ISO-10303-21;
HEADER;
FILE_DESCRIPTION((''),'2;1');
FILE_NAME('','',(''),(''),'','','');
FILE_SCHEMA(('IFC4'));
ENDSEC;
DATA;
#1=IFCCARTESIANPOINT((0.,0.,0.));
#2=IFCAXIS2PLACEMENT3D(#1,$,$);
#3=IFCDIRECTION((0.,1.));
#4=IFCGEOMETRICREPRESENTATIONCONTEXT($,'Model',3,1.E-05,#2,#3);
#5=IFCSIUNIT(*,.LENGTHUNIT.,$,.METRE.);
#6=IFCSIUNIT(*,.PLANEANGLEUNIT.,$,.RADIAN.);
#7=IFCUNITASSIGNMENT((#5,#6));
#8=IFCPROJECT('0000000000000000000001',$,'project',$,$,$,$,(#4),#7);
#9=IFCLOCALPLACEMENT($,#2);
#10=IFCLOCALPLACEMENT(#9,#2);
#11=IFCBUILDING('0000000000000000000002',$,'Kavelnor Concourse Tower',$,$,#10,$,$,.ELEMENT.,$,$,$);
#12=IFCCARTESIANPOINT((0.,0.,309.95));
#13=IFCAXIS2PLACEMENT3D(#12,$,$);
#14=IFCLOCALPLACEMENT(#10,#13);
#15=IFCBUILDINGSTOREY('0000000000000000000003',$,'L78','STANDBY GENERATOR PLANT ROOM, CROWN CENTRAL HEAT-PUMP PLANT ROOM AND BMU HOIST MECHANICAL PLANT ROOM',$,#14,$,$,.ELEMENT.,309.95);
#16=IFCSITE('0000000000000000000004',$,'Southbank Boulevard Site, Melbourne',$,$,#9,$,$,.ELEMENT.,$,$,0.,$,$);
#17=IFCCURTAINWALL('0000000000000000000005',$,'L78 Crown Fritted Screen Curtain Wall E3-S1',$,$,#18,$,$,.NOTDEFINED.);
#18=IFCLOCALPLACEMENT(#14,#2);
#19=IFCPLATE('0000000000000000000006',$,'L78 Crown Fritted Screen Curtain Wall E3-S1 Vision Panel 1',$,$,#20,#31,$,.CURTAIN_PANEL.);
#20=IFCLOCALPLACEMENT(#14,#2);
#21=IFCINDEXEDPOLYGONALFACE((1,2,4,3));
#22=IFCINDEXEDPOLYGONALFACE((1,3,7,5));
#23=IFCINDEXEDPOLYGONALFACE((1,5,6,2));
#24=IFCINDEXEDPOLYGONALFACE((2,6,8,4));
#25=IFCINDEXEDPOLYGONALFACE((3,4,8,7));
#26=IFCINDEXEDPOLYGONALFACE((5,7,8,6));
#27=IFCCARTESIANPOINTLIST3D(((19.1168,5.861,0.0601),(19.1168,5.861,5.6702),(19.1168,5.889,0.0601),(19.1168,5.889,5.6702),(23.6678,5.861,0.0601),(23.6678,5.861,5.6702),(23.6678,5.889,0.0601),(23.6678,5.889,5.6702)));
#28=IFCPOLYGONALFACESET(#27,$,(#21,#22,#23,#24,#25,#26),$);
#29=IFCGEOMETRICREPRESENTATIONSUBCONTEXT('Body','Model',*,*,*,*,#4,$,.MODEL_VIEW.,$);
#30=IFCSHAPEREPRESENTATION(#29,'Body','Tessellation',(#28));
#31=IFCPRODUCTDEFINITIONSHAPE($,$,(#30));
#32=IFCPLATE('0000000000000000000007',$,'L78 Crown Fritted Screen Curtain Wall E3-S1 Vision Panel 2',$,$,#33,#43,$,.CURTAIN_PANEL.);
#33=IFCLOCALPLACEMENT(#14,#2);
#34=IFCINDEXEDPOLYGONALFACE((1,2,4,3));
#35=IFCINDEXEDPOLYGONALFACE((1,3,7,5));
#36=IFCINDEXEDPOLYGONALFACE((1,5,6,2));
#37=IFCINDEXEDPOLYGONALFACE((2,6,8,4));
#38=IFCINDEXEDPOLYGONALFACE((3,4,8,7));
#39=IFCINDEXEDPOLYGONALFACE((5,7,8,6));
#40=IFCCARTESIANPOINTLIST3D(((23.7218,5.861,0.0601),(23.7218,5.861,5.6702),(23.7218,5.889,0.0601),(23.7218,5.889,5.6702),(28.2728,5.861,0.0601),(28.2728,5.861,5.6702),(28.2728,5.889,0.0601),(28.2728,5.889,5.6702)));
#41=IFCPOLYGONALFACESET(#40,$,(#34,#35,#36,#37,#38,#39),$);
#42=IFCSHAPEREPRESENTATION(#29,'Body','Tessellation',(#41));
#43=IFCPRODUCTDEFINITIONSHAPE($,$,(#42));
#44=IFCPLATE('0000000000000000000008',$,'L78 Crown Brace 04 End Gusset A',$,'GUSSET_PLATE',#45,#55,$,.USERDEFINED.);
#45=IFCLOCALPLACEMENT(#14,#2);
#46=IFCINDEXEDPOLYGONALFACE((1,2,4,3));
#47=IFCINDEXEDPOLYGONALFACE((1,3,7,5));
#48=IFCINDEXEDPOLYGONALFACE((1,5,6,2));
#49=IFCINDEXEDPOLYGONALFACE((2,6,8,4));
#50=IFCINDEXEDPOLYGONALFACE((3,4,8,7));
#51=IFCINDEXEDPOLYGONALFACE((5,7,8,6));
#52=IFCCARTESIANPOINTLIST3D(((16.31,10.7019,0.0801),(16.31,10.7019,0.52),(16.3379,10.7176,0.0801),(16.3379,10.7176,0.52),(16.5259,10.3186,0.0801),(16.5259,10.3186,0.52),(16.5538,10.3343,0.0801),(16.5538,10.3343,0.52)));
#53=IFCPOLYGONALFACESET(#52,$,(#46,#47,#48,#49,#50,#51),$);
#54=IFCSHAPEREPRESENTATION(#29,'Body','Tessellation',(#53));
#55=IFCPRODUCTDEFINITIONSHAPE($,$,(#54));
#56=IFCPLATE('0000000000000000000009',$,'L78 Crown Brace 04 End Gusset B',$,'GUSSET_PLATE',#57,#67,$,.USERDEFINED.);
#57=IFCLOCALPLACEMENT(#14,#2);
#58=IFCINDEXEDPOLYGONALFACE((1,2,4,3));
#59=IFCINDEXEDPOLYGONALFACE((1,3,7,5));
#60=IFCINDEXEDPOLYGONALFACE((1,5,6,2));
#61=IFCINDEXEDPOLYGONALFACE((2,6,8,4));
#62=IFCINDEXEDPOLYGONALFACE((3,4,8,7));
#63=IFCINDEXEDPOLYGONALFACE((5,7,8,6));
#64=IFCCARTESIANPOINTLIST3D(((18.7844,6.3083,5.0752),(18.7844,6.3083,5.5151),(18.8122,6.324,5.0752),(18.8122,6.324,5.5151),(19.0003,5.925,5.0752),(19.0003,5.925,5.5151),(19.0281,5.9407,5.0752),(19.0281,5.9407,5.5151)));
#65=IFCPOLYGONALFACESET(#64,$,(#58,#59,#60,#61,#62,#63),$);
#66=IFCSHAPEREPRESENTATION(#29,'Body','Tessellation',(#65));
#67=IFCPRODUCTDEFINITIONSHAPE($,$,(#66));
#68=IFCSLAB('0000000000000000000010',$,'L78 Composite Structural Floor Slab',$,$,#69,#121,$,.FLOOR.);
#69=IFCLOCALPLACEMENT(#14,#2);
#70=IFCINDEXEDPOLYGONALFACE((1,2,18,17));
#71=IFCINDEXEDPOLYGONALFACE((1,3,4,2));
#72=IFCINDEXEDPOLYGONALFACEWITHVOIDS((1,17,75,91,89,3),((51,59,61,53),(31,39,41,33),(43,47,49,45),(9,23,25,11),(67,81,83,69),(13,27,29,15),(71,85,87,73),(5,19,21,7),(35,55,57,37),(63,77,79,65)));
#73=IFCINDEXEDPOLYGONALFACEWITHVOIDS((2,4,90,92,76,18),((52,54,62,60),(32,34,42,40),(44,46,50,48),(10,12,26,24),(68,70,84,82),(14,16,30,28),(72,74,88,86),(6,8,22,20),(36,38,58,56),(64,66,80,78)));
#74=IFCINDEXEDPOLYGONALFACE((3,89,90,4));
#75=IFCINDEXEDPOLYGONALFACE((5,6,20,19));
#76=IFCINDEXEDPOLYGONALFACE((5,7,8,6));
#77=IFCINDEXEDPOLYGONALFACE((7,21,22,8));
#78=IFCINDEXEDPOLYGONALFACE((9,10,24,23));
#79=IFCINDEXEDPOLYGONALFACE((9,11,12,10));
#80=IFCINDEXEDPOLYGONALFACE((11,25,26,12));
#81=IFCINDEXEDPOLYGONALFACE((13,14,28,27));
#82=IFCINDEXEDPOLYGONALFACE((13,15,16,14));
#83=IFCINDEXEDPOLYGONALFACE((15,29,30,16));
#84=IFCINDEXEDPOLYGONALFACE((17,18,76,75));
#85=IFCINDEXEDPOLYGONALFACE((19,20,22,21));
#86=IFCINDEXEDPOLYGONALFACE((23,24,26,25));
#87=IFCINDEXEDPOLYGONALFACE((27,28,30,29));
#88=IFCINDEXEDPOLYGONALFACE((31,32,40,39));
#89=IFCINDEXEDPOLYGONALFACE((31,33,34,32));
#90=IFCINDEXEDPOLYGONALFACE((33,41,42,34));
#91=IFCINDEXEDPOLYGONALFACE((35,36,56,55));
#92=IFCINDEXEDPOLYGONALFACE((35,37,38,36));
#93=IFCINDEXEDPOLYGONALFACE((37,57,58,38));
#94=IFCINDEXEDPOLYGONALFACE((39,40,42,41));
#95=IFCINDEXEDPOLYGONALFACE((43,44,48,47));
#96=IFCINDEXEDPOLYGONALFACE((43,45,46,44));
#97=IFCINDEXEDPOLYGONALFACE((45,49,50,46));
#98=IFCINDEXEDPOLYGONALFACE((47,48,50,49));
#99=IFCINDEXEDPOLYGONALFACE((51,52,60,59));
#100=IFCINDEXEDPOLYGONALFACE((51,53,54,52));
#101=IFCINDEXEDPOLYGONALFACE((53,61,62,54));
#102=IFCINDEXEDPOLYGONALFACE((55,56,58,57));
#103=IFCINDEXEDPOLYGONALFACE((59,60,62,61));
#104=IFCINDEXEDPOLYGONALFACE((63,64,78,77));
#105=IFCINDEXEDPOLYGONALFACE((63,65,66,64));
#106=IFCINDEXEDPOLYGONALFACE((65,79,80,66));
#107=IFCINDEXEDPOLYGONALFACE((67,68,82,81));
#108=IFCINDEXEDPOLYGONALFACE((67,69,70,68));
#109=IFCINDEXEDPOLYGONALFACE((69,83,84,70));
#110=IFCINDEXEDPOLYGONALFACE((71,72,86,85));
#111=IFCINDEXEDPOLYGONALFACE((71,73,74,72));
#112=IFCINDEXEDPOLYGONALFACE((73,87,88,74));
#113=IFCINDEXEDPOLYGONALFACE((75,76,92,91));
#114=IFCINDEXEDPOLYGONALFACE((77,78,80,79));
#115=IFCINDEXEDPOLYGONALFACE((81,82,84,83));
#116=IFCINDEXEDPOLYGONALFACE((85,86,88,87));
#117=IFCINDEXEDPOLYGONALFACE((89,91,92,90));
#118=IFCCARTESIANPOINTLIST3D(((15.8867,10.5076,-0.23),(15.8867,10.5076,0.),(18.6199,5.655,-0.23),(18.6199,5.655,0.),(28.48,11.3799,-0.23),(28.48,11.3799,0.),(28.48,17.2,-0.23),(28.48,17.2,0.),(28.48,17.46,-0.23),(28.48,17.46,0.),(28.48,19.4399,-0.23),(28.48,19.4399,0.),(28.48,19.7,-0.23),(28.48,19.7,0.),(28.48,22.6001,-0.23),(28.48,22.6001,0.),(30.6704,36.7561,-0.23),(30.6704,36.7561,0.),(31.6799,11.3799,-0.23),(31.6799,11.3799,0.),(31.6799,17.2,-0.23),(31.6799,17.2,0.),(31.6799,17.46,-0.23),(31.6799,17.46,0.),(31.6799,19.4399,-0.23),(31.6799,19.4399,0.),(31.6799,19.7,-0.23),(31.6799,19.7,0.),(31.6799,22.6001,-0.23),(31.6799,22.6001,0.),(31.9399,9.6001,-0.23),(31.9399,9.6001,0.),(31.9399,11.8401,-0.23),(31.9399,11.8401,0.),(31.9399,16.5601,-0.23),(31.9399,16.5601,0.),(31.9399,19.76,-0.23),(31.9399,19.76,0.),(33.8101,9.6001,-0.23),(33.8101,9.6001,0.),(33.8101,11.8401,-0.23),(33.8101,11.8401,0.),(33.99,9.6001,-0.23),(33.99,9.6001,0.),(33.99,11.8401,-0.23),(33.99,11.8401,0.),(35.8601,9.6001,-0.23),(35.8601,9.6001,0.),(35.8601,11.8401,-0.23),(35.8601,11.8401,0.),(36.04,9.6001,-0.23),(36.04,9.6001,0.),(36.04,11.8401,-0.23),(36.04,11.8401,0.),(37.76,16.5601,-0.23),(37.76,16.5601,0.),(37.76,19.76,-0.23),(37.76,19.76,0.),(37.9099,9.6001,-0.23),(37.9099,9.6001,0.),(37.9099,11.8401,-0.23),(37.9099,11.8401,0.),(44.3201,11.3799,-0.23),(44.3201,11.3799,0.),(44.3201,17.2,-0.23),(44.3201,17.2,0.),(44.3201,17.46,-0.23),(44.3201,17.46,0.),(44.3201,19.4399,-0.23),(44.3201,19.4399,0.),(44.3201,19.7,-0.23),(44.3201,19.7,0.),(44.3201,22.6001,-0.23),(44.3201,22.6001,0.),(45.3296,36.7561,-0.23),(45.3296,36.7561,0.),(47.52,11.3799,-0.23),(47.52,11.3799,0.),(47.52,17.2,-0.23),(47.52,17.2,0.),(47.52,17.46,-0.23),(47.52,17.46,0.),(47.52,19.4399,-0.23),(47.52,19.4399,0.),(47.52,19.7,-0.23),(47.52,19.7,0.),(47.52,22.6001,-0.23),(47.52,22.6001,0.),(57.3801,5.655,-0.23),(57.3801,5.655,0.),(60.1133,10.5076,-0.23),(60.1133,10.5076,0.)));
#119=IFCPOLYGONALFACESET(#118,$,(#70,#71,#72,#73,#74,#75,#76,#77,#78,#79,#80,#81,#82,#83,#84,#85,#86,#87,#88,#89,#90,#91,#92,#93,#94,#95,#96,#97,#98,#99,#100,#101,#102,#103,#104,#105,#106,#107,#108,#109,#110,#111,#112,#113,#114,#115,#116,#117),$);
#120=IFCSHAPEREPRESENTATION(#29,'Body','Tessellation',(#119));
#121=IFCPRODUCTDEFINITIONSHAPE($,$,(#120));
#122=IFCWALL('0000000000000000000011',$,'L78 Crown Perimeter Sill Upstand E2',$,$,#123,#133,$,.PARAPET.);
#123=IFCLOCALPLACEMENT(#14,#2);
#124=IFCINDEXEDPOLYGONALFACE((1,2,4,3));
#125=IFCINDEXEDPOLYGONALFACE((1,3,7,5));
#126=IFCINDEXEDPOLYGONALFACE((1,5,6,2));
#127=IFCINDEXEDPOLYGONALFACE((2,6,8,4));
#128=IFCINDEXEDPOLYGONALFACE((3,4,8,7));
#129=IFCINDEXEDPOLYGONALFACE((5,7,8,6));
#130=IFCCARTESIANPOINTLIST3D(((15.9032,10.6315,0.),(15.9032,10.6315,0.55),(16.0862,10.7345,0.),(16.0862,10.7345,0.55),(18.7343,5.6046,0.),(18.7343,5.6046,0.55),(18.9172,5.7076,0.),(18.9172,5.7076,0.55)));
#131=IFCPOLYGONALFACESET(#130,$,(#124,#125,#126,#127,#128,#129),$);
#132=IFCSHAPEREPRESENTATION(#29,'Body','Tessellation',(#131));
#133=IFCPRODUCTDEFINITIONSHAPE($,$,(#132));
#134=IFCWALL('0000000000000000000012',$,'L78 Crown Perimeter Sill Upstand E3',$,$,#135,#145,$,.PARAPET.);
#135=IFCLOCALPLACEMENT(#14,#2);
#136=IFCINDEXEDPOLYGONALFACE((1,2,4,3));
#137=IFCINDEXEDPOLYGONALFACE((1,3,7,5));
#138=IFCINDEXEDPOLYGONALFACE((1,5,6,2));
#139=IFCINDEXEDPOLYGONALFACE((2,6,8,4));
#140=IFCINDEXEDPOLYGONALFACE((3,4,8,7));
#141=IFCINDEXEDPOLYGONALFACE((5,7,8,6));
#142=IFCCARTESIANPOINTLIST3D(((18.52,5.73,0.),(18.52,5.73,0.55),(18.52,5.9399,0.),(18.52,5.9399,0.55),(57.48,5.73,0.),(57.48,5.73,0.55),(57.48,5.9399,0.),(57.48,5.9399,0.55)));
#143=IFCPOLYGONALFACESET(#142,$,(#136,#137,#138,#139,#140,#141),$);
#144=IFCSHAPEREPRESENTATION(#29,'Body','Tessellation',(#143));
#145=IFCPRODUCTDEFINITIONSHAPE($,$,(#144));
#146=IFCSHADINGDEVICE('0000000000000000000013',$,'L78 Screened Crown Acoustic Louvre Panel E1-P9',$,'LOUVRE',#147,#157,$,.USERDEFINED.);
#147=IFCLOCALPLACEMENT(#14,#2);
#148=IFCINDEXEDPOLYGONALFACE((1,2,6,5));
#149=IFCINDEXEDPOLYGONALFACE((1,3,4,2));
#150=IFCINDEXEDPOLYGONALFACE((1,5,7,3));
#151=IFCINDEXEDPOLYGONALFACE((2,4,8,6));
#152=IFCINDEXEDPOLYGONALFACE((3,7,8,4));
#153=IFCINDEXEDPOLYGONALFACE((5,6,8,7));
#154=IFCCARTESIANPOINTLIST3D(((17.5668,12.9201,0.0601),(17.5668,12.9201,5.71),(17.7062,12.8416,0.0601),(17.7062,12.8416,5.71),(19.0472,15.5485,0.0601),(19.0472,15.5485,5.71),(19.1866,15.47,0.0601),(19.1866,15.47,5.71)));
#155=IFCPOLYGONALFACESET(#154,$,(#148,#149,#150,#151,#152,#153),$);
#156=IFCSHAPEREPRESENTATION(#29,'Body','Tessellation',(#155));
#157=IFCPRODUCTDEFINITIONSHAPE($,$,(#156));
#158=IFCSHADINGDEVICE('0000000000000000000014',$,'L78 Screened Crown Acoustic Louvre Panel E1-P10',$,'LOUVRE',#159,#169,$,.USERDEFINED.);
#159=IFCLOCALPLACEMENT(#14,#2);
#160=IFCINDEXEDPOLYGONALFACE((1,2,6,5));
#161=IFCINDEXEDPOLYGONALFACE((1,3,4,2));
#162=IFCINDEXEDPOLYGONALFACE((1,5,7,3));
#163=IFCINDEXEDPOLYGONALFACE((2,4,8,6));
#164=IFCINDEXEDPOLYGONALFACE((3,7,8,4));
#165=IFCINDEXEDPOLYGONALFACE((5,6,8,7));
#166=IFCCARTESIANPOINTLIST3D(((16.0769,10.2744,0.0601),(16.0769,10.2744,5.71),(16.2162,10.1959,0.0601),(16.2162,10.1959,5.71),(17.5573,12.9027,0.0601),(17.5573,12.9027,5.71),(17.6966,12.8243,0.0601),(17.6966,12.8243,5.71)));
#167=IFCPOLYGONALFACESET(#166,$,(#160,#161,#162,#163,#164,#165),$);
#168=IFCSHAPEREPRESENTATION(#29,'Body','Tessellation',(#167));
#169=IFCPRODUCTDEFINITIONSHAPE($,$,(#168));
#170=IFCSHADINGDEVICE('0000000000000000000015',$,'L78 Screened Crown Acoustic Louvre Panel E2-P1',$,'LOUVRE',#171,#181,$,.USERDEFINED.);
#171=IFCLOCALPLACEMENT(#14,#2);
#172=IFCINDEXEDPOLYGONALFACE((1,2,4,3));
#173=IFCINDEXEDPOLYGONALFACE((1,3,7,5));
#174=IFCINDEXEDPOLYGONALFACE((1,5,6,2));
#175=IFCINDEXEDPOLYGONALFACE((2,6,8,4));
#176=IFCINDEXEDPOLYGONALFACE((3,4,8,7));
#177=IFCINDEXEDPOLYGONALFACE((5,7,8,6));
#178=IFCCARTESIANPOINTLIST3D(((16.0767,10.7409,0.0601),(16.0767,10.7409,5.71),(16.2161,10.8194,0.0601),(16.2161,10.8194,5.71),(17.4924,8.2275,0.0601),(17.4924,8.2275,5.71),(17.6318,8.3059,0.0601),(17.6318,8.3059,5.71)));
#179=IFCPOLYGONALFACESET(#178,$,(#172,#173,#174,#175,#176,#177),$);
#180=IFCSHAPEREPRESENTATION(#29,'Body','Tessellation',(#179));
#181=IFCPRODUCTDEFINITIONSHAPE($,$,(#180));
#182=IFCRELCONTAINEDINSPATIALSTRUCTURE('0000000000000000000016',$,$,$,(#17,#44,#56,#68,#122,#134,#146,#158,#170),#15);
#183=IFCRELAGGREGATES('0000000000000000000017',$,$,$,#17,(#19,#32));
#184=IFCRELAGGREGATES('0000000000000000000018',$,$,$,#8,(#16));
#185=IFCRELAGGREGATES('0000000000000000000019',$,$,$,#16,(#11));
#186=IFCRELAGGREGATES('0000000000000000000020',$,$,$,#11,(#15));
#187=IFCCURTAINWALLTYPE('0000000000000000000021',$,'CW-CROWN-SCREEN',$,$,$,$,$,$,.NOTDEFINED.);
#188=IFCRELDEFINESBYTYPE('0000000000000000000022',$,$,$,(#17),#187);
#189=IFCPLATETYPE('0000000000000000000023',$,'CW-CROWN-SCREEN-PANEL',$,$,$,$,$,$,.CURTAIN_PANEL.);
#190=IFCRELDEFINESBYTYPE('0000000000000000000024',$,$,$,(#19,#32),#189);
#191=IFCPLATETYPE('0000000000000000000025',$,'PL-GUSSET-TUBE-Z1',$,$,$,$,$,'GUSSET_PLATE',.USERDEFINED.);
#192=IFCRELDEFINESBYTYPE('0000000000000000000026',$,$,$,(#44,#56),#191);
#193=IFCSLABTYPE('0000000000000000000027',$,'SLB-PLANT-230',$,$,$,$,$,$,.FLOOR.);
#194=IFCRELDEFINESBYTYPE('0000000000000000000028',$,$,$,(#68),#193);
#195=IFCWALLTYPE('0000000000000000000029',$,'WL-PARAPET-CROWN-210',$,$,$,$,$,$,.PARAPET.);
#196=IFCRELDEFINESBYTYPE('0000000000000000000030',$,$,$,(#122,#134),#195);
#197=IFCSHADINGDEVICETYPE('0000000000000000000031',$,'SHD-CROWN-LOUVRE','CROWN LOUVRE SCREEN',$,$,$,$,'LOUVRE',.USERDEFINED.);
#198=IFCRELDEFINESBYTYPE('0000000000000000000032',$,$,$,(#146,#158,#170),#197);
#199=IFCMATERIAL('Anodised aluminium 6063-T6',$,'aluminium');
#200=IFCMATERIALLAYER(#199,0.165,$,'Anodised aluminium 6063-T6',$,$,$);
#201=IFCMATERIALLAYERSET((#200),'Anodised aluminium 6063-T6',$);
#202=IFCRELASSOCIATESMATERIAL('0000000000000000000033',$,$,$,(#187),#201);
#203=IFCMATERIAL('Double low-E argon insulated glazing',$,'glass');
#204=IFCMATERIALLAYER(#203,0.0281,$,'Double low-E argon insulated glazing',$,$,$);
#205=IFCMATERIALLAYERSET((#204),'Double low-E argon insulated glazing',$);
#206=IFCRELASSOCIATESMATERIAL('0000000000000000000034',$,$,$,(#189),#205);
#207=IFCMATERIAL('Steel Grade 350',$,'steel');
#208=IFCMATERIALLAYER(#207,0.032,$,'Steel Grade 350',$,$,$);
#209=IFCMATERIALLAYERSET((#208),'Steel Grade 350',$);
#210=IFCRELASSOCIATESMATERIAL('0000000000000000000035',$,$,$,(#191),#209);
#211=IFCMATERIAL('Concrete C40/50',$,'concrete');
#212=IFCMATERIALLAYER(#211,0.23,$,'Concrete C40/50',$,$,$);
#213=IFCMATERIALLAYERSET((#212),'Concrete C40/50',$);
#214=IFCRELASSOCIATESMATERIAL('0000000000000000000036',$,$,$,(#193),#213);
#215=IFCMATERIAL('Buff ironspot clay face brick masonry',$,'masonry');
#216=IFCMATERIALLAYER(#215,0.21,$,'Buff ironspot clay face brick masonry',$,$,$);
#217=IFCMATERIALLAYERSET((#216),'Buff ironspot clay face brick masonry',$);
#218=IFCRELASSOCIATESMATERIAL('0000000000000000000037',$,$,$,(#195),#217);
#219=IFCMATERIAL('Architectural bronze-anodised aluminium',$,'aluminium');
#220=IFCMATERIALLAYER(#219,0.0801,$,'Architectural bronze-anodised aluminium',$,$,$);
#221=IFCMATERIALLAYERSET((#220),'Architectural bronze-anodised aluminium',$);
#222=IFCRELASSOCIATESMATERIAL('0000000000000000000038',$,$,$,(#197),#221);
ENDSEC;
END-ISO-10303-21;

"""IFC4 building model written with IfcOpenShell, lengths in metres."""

from ifc_helpers import new_model, si_unit, direction, frame, frame_2d, origin, origin_2d, place, context, subcontext, project, spatial, polyline, rectangle, outline, extrude, material, layer, layer_set, type_object, element, aggregate, save


model = new_model("IFC4")

# Units and contexts
model_context = context("Model", 3, precision=1e-05, world=origin(), true_north=direction((0.0, 1.0)))
body_context = subcontext(model_context, "Body", "Model", "MODEL_VIEW")
ifc_project = project(units=[si_unit("LENGTHUNIT", "METRE"), si_unit("PLANEANGLEUNIT", "RADIAN")], contexts=[model_context])

# Site, building, storey
site_placement = place(None, origin())
site = spatial("IfcSite", under=ifc_project, at=site_placement, Name="Southbank Boulevard Site, Melbourne", CompositionType="ELEMENT", RefElevation=0.0)
building_placement = place(site_placement, origin())
building = spatial("IfcBuilding", under=site, at=building_placement, Name="Kavelnor Concourse Tower", CompositionType="ELEMENT")
storey_placement = place(building_placement, frame((0.0, 0.0, 309.95)))
storey = spatial("IfcBuildingStorey", under=building, at=storey_placement, Name="L78", Description="STANDBY GENERATOR PLANT ROOM, CROWN CENTRAL HEAT-PUMP PLANT ROOM AND BMU HOIST MECHANICAL PLANT ROOM", CompositionType="ELEMENT", Elevation=309.95)

# Shared definitions
ifc_material_1 = material(Name="Steel Grade 350", Category="steel")

# Curtain wall
ifc_material_2 = material(Name="Anodised aluminium 6063-T6", Category="aluminium")
ifc_layer_1 = layer(ifc_material_2, 0.165, Name="Anodised aluminium 6063-T6")
ifc_layer_set_1 = layer_set([ifc_layer_1], Name="Anodised aluminium 6063-T6")
curtain_wall_type = type_object("IfcCurtainWallType", Name="CW-CROWN-SCREEN", PredefinedType="NOTDEFINED", material=ifc_layer_set_1)
curtain_wall_1_placement = place(storey_placement, origin())
curtain_wall_1 = element("IfcCurtainWall", 1, at=curtain_wall_1_placement, inside=storey, type_object=curtain_wall_type, Name="L78 Crown Fritted Screen Curtain Wall E3-S1", PredefinedType="NOTDEFINED")

# Plates
ifc_material_3 = material(Name="Double low-E argon insulated glazing", Category="glass")
ifc_layer_2 = layer(ifc_material_3, 0.0281, Name="Double low-E argon insulated glazing")
ifc_layer_set_2 = layer_set([ifc_layer_2], Name="Double low-E argon insulated glazing")
plate_type_1 = type_object("IfcPlateType", Name="CW-CROWN-SCREEN-PANEL", PredefinedType="CURTAIN_PANEL", material=ifc_layer_set_2)
plate_1_placement = place(storey_placement, frame((21.3923, 5.875, 0.0601), z_axis=(0.0, 0.0, 1.0), x_axis=(1.0, 0.0, 0.0)))
plate_1 = element("IfcPlate", 2, at=plate_1_placement, type_object=plate_type_1, Name="L78 Crown Fritted Screen Curtain Wall E3-S1 Vision Panel 1", PredefinedType="CURTAIN_PANEL", context=body_context, shape_type="SweptSolid", body=[
    extrude(rectangle(XDim=4.551, YDim=0.0281, at=origin_2d()), origin(), (0.0, 0.0, 1.0), 5.6101),
])
plate_2_placement = place(storey_placement, frame((25.9973, 5.875, 0.0601), z_axis=(0.0, 0.0, 1.0), x_axis=(1.0, 0.0, 0.0)))
plate_2 = element("IfcPlate", 3, at=plate_2_placement, type_object=plate_type_1, Name="L78 Crown Fritted Screen Curtain Wall E3-S1 Vision Panel 2", PredefinedType="CURTAIN_PANEL", context=body_context, shape_type="SweptSolid", body=[
    extrude(rectangle(XDim=4.551, YDim=0.0281, at=origin_2d()), origin(), (0.0, 0.0, 1.0), 5.6101),
])
aggregate(curtain_wall_1, [plate_1, plate_2])

# Plates
ifc_layer_3 = layer(ifc_material_1, 0.032, Name="Steel Grade 350")
ifc_layer_set_3 = layer_set([ifc_layer_3], Name="Steel Grade 350")
plate_type_2 = type_object("IfcPlateType", Name="PL-GUSSET-TUBE-Z1", ElementType="GUSSET_PLATE", PredefinedType="USERDEFINED", material=ifc_layer_set_3)
for number, where, z_axis, x_axis, name in (
    (4, (16.4319, 10.5181, 0.0801), (0.0, 0.0, 1.0), (0.490752, -0.871299, 0.0), "L78 Crown Brace 04 End Gusset A"),
    (5, (18.9062, 6.1245, 5.0752), (0.0, 0.0, 1.0), (0.490752, -0.871299, 0.0), "L78 Crown Brace 04 End Gusset B"),
):
    element("IfcPlate", number, at=place(storey_placement, frame(where, z_axis=z_axis, x_axis=x_axis)), inside=storey, type_object=plate_type_2, Name=name, ObjectType="GUSSET_PLATE", PredefinedType="USERDEFINED", context=body_context, shape_type="SweptSolid", body=[
        extrude(rectangle(XDim=0.4399, YDim=0.032, at=origin_2d()), origin(), (0.0, 0.0, 1.0), 0.4399),
    ])

# Slab
ifc_material_4 = material(Name="Concrete C40/50", Category="concrete")
ifc_layer_4 = layer(ifc_material_4, 0.23, Name="Concrete C40/50")
ifc_layer_set_4 = layer_set([ifc_layer_4], Name="Concrete C40/50")
slab_type = type_object("IfcSlabType", Name="SLB-PLANT-230", PredefinedType="FLOOR", material=ifc_layer_set_4)
slab_placement = place(storey_placement, frame((0.0, 0.0, -0.23)))
element("IfcSlab", 6, at=slab_placement, inside=storey, type_object=slab_type, Name="L78 Composite Structural Floor Slab", PredefinedType="FLOOR", context=body_context, shape_type="SweptSolid", body=[
    extrude(outline(polyline([(45.3296, 36.7561), (30.6704, 36.7561), (15.8867, 10.5076), (18.6199, 5.655), (57.3801, 5.655), (60.1133, 10.5076), (45.3296, 36.7561)]), holes=[polyline([(28.48, 11.3799), (31.6799, 11.3799), (31.6799, 17.2), (28.48, 17.2), (28.48, 11.3799)]), polyline([(44.3201, 11.3799), (47.52, 11.3799), (47.52, 17.2), (44.3201, 17.2), (44.3201, 11.3799)]), polyline([(31.9399, 16.5601), (37.76, 16.5601), (37.76, 19.76), (31.9399, 19.76), (31.9399, 16.5601)]), polyline([(28.48, 19.7), (31.6799, 19.7), (31.6799, 22.6001), (28.48, 22.6001), (28.48, 19.7)]), polyline([(44.3201, 19.7), (47.52, 19.7), (47.52, 22.6001), (44.3201, 22.6001), (44.3201, 19.7)]), polyline([(31.9399, 9.6001), (33.8101, 9.6001), (33.8101, 11.8401), (31.9399, 11.8401), (31.9399, 9.6001)]), polyline([(33.99, 9.6001), (35.8601, 9.6001), (35.8601, 11.8401), (33.99, 11.8401), (33.99, 9.6001)]), polyline([(36.04, 9.6001), (37.9099, 9.6001), (37.9099, 11.8401), (36.04, 11.8401), (36.04, 9.6001)]), polyline([(28.48, 17.46), (31.6799, 17.46), (31.6799, 19.4399), (28.48, 19.4399), (28.48, 17.46)]), polyline([(44.3201, 17.46), (47.52, 17.46), (47.52, 19.4399), (44.3201, 19.4399), (44.3201, 17.46)])]), origin(), (0.0, 0.0, 1.0), 0.23),
])

# Walls
ifc_material_5 = material(Name="Buff ironspot clay face brick masonry", Category="masonry")
ifc_layer_5 = layer(ifc_material_5, 0.21, Name="Buff ironspot clay face brick masonry")
ifc_layer_set_5 = layer_set([ifc_layer_5], Name="Buff ironspot clay face brick masonry")
wall_type = type_object("IfcWallType", Name="WL-PARAPET-CROWN-210", PredefinedType="PARAPET", material=ifc_layer_set_5)
wall_1_placement = place(storey_placement, frame((15.9946, 10.6831, 0.0), z_axis=(0.0, 0.0, 1.0), x_axis=(0.490715, -0.87132, 0.0)))
element("IfcWall", 7, at=wall_1_placement, inside=storey, type_object=wall_type, Name="L78 Crown Perimeter Sill Upstand E2", PredefinedType="PARAPET", context=body_context, shape_type="SweptSolid", body=[
    extrude(rectangle(XDim=5.7693, YDim=0.21, at=frame_2d((2.8848, 0.0))), origin(), (0.0, 0.0, 1.0), 0.55),
])
wall_2_placement = place(storey_placement, frame((18.52, 5.835, 0.0), z_axis=(0.0, 0.0, 1.0), x_axis=(1.0, 0.0, 0.0)))
element("IfcWall", 8, at=wall_2_placement, inside=storey, type_object=wall_type, Name="L78 Crown Perimeter Sill Upstand E3", PredefinedType="PARAPET", context=body_context, shape_type="SweptSolid", body=[
    extrude(rectangle(XDim=38.96, YDim=0.21, at=frame_2d((19.48, 0.0))), origin(), (0.0, 0.0, 1.0), 0.55),
])

# Shading devices
ifc_material_6 = material(Name="Architectural bronze-anodised aluminium", Category="aluminium")
ifc_layer_6 = layer(ifc_material_6, 0.0801, Name="Architectural bronze-anodised aluminium")
ifc_layer_set_6 = layer_set([ifc_layer_6], Name="Architectural bronze-anodised aluminium")
shading_device_type = type_object("IfcShadingDeviceType", Name="SHD-CROWN-LOUVRE", Description="CROWN LOUVRE SCREEN", ElementType="LOUVRE", PredefinedType="USERDEFINED", material=ifc_layer_set_6)
for number, where, z_axis, x_axis, name in (
    (9, (18.3767, 14.1951, 0.0601), (0.0, 0.0, 1.0), (-0.490752, -0.871299, 0.0), "L78 Screened Crown Acoustic Louvre Panel E1-P9"),
    (10, (16.8867, 11.5493, 0.0601), (0.0, 0.0, 1.0), (-0.490752, -0.871299, 0.0), "L78 Screened Crown Acoustic Louvre Panel E1-P10"),
):
    element("IfcShadingDevice", number, at=place(storey_placement, frame(where, z_axis=z_axis, x_axis=x_axis)), inside=storey, type_object=shading_device_type, Name=name, ObjectType="LOUVRE", PredefinedType="USERDEFINED", context=body_context, shape_type="SweptSolid", body=[
        extrude(rectangle(XDim=3.0166, YDim=0.1599, at=origin_2d()), origin(), (0.0, 0.0, 1.0), 5.6499),
    ])
for number, where, z_axis, x_axis, name in (
    (11, (16.8542, 9.5234, 0.0601), (0.0, 0.0, 1.0), (0.490752, -0.871299, 0.0), "L78 Screened Crown Acoustic Louvre Panel E2-P1"),
):
    element("IfcShadingDevice", number, at=place(storey_placement, frame(where, z_axis=z_axis, x_axis=x_axis)), inside=storey, type_object=shading_device_type, Name=name, ObjectType="LOUVRE", PredefinedType="USERDEFINED", context=body_context, shape_type="SweptSolid", body=[
        extrude(rectangle(XDim=2.8848, YDim=0.1599, at=origin_2d()), origin(), (0.0, 0.0, 1.0), 5.6499),
    ])

save(model, "model.ifc")
